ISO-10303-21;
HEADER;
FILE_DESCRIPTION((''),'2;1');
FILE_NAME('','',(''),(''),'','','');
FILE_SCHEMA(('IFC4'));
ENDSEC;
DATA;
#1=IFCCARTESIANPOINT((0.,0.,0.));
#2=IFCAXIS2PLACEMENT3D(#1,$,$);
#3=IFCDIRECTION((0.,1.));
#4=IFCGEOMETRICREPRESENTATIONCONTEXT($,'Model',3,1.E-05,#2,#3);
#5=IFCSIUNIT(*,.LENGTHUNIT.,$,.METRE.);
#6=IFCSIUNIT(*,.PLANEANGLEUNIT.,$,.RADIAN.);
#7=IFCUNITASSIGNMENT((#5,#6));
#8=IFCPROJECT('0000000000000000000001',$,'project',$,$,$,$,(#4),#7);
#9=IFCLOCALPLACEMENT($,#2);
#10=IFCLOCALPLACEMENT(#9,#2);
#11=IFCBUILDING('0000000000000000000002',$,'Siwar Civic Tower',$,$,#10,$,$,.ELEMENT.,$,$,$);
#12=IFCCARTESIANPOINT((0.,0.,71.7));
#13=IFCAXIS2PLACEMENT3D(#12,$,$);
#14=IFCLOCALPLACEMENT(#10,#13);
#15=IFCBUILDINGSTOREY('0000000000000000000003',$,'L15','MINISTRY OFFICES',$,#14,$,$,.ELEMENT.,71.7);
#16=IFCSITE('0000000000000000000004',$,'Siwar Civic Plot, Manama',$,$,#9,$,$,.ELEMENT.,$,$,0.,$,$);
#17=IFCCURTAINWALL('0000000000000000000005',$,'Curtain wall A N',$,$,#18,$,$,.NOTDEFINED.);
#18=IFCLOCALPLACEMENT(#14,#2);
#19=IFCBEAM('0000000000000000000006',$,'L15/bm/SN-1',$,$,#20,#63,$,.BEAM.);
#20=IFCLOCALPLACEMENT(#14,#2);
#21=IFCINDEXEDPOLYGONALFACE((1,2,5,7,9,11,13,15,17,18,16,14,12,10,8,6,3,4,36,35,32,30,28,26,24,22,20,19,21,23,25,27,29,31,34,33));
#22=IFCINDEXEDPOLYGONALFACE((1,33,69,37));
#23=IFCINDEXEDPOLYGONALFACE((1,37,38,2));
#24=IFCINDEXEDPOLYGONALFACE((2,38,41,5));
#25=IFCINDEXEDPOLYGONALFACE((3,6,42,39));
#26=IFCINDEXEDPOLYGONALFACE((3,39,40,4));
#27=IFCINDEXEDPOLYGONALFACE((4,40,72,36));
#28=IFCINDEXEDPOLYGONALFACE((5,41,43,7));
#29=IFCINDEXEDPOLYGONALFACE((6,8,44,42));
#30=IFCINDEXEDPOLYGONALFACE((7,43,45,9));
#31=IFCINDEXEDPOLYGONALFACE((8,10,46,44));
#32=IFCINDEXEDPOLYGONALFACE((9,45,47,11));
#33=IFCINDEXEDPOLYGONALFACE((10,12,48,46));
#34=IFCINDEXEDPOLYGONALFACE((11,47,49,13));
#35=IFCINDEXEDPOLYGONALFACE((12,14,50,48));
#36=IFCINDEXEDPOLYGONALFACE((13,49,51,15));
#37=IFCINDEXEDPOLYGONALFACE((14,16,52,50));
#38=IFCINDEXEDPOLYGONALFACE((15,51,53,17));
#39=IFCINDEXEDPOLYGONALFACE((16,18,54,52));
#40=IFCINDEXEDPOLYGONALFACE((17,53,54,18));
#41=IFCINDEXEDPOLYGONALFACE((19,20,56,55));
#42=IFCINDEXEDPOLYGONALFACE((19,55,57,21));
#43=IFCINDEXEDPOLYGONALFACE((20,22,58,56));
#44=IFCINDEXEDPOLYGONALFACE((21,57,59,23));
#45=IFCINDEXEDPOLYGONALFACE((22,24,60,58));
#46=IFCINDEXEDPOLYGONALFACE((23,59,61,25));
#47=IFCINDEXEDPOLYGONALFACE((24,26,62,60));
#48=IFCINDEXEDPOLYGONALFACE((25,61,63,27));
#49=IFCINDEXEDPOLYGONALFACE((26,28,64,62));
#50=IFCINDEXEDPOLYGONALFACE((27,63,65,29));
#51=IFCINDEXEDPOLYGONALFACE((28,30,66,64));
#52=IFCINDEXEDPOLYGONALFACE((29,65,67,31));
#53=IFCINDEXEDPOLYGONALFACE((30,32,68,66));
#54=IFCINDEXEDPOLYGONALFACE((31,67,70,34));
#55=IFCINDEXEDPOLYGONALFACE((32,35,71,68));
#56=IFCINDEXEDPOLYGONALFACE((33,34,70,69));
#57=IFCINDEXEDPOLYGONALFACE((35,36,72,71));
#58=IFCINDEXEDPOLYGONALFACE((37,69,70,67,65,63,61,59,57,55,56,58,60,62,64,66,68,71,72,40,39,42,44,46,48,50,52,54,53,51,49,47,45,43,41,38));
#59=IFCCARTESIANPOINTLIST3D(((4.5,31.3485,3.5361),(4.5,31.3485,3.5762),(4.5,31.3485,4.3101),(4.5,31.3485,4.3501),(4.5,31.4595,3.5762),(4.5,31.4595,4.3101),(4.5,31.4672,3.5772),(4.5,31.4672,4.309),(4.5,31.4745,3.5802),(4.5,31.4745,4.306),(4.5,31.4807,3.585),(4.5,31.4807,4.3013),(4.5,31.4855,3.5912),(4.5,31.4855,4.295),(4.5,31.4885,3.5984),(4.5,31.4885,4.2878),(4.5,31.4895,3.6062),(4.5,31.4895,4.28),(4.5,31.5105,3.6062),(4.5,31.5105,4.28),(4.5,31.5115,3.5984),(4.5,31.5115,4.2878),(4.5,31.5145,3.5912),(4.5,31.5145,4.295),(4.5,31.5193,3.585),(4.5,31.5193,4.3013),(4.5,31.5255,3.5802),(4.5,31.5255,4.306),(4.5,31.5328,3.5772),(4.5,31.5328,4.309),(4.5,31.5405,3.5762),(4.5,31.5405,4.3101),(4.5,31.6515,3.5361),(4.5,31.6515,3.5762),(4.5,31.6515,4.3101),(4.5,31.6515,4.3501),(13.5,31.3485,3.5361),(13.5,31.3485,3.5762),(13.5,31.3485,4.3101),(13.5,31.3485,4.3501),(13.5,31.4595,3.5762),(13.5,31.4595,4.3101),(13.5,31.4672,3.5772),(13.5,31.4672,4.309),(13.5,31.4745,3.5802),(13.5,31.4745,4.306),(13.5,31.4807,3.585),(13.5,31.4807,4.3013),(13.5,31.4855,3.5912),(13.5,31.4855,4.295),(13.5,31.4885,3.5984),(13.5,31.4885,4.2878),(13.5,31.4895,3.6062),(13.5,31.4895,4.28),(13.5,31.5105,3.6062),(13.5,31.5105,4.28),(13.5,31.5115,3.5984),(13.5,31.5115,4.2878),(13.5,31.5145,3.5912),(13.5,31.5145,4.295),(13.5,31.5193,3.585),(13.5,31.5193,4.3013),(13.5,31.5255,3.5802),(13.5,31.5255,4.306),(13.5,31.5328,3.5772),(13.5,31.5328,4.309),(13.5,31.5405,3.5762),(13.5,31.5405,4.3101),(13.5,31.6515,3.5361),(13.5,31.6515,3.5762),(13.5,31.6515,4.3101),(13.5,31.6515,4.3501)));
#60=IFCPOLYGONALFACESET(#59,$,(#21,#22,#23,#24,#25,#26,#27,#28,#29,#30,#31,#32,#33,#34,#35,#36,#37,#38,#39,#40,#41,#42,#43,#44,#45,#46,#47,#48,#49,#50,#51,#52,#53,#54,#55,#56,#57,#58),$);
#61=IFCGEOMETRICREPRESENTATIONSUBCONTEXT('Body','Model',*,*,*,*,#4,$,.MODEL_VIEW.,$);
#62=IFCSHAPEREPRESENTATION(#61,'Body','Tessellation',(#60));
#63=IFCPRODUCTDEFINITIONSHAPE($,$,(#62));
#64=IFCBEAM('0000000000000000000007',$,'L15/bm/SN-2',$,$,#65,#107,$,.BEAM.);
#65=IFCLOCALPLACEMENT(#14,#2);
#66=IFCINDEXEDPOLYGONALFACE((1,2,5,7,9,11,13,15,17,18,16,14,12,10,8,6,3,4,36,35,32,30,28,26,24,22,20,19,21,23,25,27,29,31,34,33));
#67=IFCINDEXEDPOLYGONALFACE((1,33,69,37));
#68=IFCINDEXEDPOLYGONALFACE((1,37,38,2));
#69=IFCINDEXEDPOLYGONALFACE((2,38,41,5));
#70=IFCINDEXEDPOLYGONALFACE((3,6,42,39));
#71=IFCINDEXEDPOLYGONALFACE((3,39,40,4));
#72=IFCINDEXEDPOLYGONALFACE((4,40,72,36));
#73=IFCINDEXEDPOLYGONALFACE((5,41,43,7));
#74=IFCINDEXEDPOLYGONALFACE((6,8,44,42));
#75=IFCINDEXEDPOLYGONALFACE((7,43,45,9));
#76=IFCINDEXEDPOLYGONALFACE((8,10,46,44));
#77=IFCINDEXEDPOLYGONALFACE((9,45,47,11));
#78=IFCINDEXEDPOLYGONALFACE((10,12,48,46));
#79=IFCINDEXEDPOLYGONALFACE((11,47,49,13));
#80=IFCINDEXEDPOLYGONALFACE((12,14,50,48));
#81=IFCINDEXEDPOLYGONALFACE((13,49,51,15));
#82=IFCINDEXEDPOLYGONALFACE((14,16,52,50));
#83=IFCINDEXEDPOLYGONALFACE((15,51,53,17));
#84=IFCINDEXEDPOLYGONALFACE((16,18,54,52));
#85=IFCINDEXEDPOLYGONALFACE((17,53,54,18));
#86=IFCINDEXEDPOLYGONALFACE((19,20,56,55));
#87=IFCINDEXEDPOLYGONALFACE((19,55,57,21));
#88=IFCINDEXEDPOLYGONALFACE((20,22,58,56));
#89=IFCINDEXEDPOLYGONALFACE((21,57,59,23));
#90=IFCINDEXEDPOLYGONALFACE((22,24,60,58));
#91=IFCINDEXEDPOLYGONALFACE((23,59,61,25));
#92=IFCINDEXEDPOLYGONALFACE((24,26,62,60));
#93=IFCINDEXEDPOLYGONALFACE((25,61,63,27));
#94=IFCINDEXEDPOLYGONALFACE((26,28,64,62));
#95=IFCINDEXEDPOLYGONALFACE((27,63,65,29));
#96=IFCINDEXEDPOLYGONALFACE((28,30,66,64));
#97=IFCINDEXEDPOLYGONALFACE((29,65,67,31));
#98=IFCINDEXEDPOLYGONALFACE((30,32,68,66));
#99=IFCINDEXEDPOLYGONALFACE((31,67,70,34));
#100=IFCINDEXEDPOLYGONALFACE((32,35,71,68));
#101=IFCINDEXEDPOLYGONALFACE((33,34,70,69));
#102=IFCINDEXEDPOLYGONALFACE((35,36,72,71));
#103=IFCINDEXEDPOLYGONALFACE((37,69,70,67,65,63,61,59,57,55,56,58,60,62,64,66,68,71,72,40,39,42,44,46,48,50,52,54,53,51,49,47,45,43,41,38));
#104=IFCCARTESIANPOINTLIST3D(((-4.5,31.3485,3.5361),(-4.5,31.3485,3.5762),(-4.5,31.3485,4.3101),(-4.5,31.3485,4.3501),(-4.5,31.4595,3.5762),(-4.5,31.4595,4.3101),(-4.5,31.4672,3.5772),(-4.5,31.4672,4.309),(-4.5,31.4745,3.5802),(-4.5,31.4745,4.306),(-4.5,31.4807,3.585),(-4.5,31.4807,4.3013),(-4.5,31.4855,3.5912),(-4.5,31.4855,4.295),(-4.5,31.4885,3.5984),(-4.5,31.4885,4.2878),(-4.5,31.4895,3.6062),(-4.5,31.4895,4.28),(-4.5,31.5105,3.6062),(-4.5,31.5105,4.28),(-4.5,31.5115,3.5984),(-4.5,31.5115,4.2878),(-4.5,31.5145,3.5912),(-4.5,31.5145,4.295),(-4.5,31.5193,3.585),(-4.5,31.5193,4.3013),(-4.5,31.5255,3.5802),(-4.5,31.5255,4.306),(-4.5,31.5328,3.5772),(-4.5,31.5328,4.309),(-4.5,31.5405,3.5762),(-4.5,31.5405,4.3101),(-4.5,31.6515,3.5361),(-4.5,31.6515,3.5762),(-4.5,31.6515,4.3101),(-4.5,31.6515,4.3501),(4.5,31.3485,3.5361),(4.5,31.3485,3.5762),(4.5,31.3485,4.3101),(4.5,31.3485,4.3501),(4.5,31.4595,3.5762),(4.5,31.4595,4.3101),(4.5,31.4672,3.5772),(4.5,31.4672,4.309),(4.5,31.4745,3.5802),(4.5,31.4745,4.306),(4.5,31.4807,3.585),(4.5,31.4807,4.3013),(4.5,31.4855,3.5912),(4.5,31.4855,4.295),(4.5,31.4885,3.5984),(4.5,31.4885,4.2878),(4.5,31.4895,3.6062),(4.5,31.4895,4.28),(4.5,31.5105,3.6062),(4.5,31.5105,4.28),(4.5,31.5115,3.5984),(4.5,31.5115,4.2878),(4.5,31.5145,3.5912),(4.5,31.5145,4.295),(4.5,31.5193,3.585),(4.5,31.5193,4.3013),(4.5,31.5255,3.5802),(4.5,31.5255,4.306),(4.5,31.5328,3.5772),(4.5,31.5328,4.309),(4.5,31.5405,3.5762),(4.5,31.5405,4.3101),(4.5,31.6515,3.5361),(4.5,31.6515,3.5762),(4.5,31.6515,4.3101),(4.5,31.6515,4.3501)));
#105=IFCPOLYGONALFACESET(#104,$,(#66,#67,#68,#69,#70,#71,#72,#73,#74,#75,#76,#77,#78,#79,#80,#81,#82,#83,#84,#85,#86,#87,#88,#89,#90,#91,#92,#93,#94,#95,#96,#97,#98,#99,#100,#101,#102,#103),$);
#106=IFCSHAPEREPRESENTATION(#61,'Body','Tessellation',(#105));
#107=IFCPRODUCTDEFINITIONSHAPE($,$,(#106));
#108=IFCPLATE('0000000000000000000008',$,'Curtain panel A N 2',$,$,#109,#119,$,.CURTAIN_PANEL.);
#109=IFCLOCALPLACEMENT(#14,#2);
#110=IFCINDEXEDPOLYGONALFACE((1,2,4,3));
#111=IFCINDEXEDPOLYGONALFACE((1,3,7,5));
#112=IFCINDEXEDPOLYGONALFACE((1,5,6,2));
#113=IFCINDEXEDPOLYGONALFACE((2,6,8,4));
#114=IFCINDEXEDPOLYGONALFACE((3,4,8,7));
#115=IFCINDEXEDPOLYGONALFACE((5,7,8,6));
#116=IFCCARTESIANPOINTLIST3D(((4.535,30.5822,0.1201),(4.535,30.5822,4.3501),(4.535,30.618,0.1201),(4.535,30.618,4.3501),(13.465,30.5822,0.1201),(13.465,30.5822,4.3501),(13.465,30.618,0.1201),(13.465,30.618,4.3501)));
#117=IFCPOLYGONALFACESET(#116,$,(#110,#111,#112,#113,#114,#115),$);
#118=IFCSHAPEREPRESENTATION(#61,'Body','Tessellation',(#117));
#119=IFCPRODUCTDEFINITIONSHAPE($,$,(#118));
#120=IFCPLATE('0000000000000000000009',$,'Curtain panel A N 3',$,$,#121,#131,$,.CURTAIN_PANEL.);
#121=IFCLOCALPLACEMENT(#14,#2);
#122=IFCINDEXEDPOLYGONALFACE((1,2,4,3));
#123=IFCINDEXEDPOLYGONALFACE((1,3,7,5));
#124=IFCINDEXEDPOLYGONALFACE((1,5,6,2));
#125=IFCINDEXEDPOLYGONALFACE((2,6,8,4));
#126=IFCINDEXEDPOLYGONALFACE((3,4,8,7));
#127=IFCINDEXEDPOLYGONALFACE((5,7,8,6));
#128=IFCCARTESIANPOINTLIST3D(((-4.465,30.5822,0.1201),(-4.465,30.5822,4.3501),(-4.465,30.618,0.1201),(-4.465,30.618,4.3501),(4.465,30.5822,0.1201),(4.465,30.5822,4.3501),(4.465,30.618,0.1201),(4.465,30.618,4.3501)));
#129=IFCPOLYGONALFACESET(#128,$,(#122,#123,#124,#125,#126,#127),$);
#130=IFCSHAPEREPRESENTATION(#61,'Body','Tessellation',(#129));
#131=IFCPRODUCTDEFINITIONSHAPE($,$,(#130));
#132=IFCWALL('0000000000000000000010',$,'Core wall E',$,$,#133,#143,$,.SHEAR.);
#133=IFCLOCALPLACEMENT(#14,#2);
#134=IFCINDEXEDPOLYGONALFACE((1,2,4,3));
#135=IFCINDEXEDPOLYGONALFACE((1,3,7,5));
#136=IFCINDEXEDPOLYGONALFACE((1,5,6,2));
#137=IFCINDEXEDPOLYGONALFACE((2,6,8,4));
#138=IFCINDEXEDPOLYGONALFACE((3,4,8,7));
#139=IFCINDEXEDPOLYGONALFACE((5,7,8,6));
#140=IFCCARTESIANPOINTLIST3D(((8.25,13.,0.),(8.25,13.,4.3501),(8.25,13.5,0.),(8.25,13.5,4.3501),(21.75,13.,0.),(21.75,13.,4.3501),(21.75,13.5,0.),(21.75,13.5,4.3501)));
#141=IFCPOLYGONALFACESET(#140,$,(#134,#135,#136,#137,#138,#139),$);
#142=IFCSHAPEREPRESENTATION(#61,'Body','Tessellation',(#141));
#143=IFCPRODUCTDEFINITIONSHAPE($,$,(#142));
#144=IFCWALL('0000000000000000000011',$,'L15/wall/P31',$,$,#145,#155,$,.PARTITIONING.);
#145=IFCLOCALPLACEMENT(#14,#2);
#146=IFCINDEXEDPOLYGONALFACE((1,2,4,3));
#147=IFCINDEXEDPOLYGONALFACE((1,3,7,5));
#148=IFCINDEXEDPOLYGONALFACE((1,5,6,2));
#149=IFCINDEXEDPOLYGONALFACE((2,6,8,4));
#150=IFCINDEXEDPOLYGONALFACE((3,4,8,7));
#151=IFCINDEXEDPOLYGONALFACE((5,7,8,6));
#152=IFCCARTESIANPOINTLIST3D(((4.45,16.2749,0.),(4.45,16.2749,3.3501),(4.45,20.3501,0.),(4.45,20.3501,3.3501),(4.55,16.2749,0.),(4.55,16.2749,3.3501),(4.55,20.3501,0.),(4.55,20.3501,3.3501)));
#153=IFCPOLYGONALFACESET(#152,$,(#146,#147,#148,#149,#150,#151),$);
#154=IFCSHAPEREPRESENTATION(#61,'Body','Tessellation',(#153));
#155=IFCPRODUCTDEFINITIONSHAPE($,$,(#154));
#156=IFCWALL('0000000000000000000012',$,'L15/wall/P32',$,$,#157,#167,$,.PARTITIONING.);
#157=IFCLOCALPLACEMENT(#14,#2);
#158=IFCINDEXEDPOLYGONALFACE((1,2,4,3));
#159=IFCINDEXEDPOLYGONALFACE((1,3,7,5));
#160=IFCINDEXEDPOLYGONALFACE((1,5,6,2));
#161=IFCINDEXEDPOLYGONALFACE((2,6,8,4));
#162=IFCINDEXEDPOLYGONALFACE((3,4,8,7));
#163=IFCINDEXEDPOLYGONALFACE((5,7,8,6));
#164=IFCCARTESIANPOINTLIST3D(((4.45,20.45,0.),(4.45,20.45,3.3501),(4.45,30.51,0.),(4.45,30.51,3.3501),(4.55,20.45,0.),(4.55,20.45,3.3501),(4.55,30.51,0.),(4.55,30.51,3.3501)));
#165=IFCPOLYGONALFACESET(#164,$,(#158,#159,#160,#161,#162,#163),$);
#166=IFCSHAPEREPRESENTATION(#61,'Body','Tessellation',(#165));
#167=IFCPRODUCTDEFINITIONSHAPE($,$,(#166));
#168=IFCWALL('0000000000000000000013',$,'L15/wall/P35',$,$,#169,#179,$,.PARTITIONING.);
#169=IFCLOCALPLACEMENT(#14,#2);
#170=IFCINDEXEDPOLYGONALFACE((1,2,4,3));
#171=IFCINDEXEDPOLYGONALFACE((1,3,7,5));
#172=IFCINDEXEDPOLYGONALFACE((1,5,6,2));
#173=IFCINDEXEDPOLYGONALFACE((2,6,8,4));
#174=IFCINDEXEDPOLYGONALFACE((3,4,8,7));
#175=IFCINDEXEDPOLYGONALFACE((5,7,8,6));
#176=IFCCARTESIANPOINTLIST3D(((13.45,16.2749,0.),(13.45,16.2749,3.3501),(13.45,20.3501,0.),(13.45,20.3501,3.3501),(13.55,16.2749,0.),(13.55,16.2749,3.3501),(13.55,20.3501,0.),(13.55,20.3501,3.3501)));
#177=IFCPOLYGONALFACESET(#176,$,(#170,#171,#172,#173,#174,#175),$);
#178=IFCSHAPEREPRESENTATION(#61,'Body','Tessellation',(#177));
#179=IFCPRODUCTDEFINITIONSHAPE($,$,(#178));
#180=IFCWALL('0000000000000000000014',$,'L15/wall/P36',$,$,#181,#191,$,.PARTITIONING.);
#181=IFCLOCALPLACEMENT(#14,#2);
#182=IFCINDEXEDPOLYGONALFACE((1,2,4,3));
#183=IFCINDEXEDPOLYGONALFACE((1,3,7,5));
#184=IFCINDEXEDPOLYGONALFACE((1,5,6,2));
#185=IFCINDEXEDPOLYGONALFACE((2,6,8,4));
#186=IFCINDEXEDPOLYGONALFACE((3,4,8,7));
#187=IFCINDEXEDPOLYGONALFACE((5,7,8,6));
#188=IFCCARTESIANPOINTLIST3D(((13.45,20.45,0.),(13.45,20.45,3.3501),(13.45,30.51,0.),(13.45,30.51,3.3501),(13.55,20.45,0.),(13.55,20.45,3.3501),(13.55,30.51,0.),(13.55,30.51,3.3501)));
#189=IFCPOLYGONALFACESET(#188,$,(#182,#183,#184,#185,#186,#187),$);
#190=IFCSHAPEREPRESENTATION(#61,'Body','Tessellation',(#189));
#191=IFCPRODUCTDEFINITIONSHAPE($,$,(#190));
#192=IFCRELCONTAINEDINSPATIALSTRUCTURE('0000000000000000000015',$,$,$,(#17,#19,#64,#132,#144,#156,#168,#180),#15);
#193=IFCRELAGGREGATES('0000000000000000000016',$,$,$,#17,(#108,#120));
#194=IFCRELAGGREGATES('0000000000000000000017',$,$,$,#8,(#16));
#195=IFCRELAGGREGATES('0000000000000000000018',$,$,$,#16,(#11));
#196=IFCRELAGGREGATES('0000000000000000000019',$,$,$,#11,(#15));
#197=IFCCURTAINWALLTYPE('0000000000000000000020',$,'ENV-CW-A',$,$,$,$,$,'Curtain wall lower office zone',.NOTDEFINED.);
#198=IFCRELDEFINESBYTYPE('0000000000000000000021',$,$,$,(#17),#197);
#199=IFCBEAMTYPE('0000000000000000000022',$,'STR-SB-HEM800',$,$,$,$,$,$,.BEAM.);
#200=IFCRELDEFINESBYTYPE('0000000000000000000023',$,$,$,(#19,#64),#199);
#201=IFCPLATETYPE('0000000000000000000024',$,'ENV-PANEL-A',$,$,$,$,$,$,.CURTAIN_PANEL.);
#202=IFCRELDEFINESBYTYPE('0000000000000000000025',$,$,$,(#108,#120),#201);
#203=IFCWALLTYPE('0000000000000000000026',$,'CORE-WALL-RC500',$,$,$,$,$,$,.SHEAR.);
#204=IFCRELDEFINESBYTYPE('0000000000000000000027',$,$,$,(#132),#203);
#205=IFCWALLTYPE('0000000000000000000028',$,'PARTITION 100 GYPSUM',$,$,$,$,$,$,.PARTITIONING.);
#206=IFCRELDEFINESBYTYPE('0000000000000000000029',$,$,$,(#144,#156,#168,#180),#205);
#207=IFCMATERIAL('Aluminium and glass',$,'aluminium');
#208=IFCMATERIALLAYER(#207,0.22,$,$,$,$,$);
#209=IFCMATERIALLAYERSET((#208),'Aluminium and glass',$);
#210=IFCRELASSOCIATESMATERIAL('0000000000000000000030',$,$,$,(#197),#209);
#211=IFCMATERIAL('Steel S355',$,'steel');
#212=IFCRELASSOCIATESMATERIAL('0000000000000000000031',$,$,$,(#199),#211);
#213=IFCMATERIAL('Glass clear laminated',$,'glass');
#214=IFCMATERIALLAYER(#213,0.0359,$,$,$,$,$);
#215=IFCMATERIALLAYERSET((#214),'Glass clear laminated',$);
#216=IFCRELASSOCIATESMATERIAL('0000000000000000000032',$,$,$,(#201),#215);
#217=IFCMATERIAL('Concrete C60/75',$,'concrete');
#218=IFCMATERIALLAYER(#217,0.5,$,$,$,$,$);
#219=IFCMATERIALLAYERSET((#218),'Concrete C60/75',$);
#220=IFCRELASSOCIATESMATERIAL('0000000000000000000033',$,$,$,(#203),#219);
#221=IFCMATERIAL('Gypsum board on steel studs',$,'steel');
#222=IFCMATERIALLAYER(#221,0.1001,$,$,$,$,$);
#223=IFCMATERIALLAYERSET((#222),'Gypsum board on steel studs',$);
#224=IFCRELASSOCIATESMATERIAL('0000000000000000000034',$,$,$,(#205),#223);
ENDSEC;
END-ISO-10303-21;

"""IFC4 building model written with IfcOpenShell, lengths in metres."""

from ifc_helpers import new_model, si_unit, direction, frame, frame_2d, origin, origin_2d, place, context, subcontext, project, spatial, rectangle, i_section, extrude, material, layer, layer_set, material_profile, profile_set, type_object, element, aggregate, save


model = new_model("IFC4")

# Units and contexts
model_context = context("Model", 3, precision=1e-05, world=origin(), true_north=direction((0.0, 1.0)))
body_context = subcontext(model_context, "Body", "Model", "MODEL_VIEW")
ifc_project = project(units=[si_unit("LENGTHUNIT", "METRE"), si_unit("PLANEANGLEUNIT", "RADIAN")], contexts=[model_context])

# Site, building, storey
site_placement = place(None, origin())
site = spatial("IfcSite", under=ifc_project, at=site_placement, Name="Siwar Civic Plot, Manama", CompositionType="ELEMENT", RefElevation=0.0)
building_placement = place(site_placement, origin())
building = spatial("IfcBuilding", under=site, at=building_placement, Name="Siwar Civic Tower", CompositionType="ELEMENT")
storey_placement = place(building_placement, frame((0.0, 0.0, 71.7)))
storey = spatial("IfcBuildingStorey", under=building, at=storey_placement, Name="L15", Description="MINISTRY OFFICES", CompositionType="ELEMENT", Elevation=71.7)

# Curtain wall
ifc_material_1 = material(Name="Aluminium and glass", Category="aluminium")
ifc_layer_1 = layer(ifc_material_1, 0.22)
ifc_layer_set_1 = layer_set([ifc_layer_1], Name="Aluminium and glass")
curtain_wall_type = type_object("IfcCurtainWallType", Name="ENV-CW-A", ElementType="Curtain wall lower office zone", PredefinedType="NOTDEFINED", material=ifc_layer_set_1)
curtain_wall_placement = place(storey_placement, origin())
curtain_wall = element("IfcCurtainWall", 1, at=curtain_wall_placement, inside=storey, type_object=curtain_wall_type, Name="Curtain wall A N", PredefinedType="NOTDEFINED")

# Beams
ifc_material_2 = material(Name="Steel S355", Category="steel")
ifc_material_profile_1 = material_profile(ifc_material_2, i_section(OverallWidth=0.303, OverallDepth=0.814, WebThickness=0.021, FlangeThickness=0.04, FilletRadius=0.03, at=origin_2d()), Name="HEM800")
ifc_profile_set_1 = profile_set([ifc_material_profile_1], Name="Steel S355")
beam_type_1 = type_object("IfcBeamType", Name="STR-SB-HEM800", PredefinedType="BEAM", material=ifc_profile_set_1)
for number, where, z_axis, x_axis, name in (
    (2, (13.5, 31.5, 3.9431), (-1.0, 0.0, 0.0), (0.0, -1.0, 0.0), "L15/bm/SN-1"),
    (3, (4.5, 31.5, 3.9431), (-1.0, 0.0, 0.0), (0.0, -1.0, 0.0), "L15/bm/SN-2"),
):
    element("IfcBeam", number, at=place(storey_placement, frame(where, z_axis=z_axis, x_axis=x_axis)), inside=storey, type_object=beam_type_1, Name=name, PredefinedType="BEAM", context=body_context, shape_type="SweptSolid", body=[
        extrude(i_section(OverallWidth=0.303, OverallDepth=0.814, WebThickness=0.021, FlangeThickness=0.04, FilletRadius=0.03, at=origin_2d()), origin(), (0.0, 0.0, 1.0), 9.0),
    ])

# Plates
ifc_material_3 = material(Name="Glass clear laminated", Category="glass")
ifc_layer_2 = layer(ifc_material_3, 0.0359)
ifc_layer_set_2 = layer_set([ifc_layer_2], Name="Glass clear laminated")
plate_type = type_object("IfcPlateType", Name="ENV-PANEL-A", PredefinedType="CURTAIN_PANEL", material=ifc_layer_set_2)
plate_1_placement = place(storey_placement, frame((9.0, 30.6001, 0.1201), z_axis=(0.0, 0.0, 1.0), x_axis=(-1.0, 0.0, 0.0)))
plate_1 = element("IfcPlate", 4, at=plate_1_placement, type_object=plate_type, Name="Curtain panel A N 2", PredefinedType="CURTAIN_PANEL", context=body_context, shape_type="SweptSolid", body=[
    extrude(rectangle(XDim=8.9299, YDim=0.0359, at=origin_2d()), origin(), (0.0, 0.0, 1.0), 4.23),
])
plate_2_placement = place(storey_placement, frame((0.0, 30.6001, 0.1201), z_axis=(0.0, 0.0, 1.0), x_axis=(-1.0, 0.0, 0.0)))
plate_2 = element("IfcPlate", 5, at=plate_2_placement, type_object=plate_type, Name="Curtain panel A N 3", PredefinedType="CURTAIN_PANEL", context=body_context, shape_type="SweptSolid", body=[
    extrude(rectangle(XDim=8.9299, YDim=0.0359, at=origin_2d()), origin(), (0.0, 0.0, 1.0), 4.23),
])
aggregate(curtain_wall, [plate_1, plate_2])

# Walls
ifc_material_4 = material(Name="Concrete C60/75", Category="concrete")
ifc_layer_3 = layer(ifc_material_4, 0.5)
ifc_layer_set_3 = layer_set([ifc_layer_3], Name="Concrete C60/75")
wall_type_1 = type_object("IfcWallType", Name="CORE-WALL-RC500", PredefinedType="SHEAR", material=ifc_layer_set_3)
wall_1_placement = place(storey_placement, frame((8.25, 13.25, 0.0), z_axis=(0.0, 0.0, 1.0), x_axis=(1.0, 0.0, 0.0)))
element("IfcWall", 6, at=wall_1_placement, inside=storey, type_object=wall_type_1, Name="Core wall E", PredefinedType="SHEAR", context=body_context, shape_type="SweptSolid", body=[
    extrude(rectangle(XDim=13.5, YDim=0.5, at=frame_2d((6.75, 0.0))), origin(), (0.0, 0.0, 1.0), 4.3501),
])
ifc_material_5 = material(Name="Gypsum board on steel studs", Category="steel")
ifc_layer_4 = layer(ifc_material_5, 0.1001)
ifc_layer_set_4 = layer_set([ifc_layer_4], Name="Gypsum board on steel studs")
wall_type_2 = type_object("IfcWallType", Name="PARTITION 100 GYPSUM", PredefinedType="PARTITIONING", material=ifc_layer_set_4)
wall_2_placement = place(storey_placement, frame((4.5, 16.2749, 0.0), z_axis=(0.0, 0.0, 1.0), x_axis=(0.0, 1.0, 0.0)))
element("IfcWall", 7, at=wall_2_placement, inside=storey, type_object=wall_type_2, Name="L15/wall/P31", PredefinedType="PARTITIONING", context=body_context, shape_type="SweptSolid", body=[
    extrude(rectangle(XDim=4.0752, YDim=0.1001, at=frame_2d((2.0376, 0.0))), origin(), (0.0, 0.0, 1.0), 3.3501),
])
wall_3_placement = place(storey_placement, frame((4.5, 20.45, 0.0), z_axis=(0.0, 0.0, 1.0), x_axis=(0.0, 1.0, 0.0)))
element("IfcWall", 8, at=wall_3_placement, inside=storey, type_object=wall_type_2, Name="L15/wall/P32", PredefinedType="PARTITIONING", context=body_context, shape_type="SweptSolid", body=[
    extrude(rectangle(XDim=10.0601, YDim=0.1001, at=frame_2d((5.03, 0.0))), origin(), (0.0, 0.0, 1.0), 3.3501),
])
wall_4_placement = place(storey_placement, frame((13.5, 16.2749, 0.0), z_axis=(0.0, 0.0, 1.0), x_axis=(0.0, 1.0, 0.0)))
element("IfcWall", 9, at=wall_4_placement, inside=storey, type_object=wall_type_2, Name="L15/wall/P35", PredefinedType="PARTITIONING", context=body_context, shape_type="SweptSolid", body=[
    extrude(rectangle(XDim=4.0752, YDim=0.1001, at=frame_2d((2.0376, 0.0))), origin(), (0.0, 0.0, 1.0), 3.3501),
])
wall_5_placement = place(storey_placement, frame((13.5, 20.45, 0.0), z_axis=(0.0, 0.0, 1.0), x_axis=(0.0, 1.0, 0.0)))
element("IfcWall", 10, at=wall_5_placement, inside=storey, type_object=wall_type_2, Name="L15/wall/P36", PredefinedType="PARTITIONING", context=body_context, shape_type="SweptSolid", body=[
    extrude(rectangle(XDim=10.0601, YDim=0.1001, at=frame_2d((5.03, 0.0))), origin(), (0.0, 0.0, 1.0), 3.3501),
])

save(model, "model.ifc")
